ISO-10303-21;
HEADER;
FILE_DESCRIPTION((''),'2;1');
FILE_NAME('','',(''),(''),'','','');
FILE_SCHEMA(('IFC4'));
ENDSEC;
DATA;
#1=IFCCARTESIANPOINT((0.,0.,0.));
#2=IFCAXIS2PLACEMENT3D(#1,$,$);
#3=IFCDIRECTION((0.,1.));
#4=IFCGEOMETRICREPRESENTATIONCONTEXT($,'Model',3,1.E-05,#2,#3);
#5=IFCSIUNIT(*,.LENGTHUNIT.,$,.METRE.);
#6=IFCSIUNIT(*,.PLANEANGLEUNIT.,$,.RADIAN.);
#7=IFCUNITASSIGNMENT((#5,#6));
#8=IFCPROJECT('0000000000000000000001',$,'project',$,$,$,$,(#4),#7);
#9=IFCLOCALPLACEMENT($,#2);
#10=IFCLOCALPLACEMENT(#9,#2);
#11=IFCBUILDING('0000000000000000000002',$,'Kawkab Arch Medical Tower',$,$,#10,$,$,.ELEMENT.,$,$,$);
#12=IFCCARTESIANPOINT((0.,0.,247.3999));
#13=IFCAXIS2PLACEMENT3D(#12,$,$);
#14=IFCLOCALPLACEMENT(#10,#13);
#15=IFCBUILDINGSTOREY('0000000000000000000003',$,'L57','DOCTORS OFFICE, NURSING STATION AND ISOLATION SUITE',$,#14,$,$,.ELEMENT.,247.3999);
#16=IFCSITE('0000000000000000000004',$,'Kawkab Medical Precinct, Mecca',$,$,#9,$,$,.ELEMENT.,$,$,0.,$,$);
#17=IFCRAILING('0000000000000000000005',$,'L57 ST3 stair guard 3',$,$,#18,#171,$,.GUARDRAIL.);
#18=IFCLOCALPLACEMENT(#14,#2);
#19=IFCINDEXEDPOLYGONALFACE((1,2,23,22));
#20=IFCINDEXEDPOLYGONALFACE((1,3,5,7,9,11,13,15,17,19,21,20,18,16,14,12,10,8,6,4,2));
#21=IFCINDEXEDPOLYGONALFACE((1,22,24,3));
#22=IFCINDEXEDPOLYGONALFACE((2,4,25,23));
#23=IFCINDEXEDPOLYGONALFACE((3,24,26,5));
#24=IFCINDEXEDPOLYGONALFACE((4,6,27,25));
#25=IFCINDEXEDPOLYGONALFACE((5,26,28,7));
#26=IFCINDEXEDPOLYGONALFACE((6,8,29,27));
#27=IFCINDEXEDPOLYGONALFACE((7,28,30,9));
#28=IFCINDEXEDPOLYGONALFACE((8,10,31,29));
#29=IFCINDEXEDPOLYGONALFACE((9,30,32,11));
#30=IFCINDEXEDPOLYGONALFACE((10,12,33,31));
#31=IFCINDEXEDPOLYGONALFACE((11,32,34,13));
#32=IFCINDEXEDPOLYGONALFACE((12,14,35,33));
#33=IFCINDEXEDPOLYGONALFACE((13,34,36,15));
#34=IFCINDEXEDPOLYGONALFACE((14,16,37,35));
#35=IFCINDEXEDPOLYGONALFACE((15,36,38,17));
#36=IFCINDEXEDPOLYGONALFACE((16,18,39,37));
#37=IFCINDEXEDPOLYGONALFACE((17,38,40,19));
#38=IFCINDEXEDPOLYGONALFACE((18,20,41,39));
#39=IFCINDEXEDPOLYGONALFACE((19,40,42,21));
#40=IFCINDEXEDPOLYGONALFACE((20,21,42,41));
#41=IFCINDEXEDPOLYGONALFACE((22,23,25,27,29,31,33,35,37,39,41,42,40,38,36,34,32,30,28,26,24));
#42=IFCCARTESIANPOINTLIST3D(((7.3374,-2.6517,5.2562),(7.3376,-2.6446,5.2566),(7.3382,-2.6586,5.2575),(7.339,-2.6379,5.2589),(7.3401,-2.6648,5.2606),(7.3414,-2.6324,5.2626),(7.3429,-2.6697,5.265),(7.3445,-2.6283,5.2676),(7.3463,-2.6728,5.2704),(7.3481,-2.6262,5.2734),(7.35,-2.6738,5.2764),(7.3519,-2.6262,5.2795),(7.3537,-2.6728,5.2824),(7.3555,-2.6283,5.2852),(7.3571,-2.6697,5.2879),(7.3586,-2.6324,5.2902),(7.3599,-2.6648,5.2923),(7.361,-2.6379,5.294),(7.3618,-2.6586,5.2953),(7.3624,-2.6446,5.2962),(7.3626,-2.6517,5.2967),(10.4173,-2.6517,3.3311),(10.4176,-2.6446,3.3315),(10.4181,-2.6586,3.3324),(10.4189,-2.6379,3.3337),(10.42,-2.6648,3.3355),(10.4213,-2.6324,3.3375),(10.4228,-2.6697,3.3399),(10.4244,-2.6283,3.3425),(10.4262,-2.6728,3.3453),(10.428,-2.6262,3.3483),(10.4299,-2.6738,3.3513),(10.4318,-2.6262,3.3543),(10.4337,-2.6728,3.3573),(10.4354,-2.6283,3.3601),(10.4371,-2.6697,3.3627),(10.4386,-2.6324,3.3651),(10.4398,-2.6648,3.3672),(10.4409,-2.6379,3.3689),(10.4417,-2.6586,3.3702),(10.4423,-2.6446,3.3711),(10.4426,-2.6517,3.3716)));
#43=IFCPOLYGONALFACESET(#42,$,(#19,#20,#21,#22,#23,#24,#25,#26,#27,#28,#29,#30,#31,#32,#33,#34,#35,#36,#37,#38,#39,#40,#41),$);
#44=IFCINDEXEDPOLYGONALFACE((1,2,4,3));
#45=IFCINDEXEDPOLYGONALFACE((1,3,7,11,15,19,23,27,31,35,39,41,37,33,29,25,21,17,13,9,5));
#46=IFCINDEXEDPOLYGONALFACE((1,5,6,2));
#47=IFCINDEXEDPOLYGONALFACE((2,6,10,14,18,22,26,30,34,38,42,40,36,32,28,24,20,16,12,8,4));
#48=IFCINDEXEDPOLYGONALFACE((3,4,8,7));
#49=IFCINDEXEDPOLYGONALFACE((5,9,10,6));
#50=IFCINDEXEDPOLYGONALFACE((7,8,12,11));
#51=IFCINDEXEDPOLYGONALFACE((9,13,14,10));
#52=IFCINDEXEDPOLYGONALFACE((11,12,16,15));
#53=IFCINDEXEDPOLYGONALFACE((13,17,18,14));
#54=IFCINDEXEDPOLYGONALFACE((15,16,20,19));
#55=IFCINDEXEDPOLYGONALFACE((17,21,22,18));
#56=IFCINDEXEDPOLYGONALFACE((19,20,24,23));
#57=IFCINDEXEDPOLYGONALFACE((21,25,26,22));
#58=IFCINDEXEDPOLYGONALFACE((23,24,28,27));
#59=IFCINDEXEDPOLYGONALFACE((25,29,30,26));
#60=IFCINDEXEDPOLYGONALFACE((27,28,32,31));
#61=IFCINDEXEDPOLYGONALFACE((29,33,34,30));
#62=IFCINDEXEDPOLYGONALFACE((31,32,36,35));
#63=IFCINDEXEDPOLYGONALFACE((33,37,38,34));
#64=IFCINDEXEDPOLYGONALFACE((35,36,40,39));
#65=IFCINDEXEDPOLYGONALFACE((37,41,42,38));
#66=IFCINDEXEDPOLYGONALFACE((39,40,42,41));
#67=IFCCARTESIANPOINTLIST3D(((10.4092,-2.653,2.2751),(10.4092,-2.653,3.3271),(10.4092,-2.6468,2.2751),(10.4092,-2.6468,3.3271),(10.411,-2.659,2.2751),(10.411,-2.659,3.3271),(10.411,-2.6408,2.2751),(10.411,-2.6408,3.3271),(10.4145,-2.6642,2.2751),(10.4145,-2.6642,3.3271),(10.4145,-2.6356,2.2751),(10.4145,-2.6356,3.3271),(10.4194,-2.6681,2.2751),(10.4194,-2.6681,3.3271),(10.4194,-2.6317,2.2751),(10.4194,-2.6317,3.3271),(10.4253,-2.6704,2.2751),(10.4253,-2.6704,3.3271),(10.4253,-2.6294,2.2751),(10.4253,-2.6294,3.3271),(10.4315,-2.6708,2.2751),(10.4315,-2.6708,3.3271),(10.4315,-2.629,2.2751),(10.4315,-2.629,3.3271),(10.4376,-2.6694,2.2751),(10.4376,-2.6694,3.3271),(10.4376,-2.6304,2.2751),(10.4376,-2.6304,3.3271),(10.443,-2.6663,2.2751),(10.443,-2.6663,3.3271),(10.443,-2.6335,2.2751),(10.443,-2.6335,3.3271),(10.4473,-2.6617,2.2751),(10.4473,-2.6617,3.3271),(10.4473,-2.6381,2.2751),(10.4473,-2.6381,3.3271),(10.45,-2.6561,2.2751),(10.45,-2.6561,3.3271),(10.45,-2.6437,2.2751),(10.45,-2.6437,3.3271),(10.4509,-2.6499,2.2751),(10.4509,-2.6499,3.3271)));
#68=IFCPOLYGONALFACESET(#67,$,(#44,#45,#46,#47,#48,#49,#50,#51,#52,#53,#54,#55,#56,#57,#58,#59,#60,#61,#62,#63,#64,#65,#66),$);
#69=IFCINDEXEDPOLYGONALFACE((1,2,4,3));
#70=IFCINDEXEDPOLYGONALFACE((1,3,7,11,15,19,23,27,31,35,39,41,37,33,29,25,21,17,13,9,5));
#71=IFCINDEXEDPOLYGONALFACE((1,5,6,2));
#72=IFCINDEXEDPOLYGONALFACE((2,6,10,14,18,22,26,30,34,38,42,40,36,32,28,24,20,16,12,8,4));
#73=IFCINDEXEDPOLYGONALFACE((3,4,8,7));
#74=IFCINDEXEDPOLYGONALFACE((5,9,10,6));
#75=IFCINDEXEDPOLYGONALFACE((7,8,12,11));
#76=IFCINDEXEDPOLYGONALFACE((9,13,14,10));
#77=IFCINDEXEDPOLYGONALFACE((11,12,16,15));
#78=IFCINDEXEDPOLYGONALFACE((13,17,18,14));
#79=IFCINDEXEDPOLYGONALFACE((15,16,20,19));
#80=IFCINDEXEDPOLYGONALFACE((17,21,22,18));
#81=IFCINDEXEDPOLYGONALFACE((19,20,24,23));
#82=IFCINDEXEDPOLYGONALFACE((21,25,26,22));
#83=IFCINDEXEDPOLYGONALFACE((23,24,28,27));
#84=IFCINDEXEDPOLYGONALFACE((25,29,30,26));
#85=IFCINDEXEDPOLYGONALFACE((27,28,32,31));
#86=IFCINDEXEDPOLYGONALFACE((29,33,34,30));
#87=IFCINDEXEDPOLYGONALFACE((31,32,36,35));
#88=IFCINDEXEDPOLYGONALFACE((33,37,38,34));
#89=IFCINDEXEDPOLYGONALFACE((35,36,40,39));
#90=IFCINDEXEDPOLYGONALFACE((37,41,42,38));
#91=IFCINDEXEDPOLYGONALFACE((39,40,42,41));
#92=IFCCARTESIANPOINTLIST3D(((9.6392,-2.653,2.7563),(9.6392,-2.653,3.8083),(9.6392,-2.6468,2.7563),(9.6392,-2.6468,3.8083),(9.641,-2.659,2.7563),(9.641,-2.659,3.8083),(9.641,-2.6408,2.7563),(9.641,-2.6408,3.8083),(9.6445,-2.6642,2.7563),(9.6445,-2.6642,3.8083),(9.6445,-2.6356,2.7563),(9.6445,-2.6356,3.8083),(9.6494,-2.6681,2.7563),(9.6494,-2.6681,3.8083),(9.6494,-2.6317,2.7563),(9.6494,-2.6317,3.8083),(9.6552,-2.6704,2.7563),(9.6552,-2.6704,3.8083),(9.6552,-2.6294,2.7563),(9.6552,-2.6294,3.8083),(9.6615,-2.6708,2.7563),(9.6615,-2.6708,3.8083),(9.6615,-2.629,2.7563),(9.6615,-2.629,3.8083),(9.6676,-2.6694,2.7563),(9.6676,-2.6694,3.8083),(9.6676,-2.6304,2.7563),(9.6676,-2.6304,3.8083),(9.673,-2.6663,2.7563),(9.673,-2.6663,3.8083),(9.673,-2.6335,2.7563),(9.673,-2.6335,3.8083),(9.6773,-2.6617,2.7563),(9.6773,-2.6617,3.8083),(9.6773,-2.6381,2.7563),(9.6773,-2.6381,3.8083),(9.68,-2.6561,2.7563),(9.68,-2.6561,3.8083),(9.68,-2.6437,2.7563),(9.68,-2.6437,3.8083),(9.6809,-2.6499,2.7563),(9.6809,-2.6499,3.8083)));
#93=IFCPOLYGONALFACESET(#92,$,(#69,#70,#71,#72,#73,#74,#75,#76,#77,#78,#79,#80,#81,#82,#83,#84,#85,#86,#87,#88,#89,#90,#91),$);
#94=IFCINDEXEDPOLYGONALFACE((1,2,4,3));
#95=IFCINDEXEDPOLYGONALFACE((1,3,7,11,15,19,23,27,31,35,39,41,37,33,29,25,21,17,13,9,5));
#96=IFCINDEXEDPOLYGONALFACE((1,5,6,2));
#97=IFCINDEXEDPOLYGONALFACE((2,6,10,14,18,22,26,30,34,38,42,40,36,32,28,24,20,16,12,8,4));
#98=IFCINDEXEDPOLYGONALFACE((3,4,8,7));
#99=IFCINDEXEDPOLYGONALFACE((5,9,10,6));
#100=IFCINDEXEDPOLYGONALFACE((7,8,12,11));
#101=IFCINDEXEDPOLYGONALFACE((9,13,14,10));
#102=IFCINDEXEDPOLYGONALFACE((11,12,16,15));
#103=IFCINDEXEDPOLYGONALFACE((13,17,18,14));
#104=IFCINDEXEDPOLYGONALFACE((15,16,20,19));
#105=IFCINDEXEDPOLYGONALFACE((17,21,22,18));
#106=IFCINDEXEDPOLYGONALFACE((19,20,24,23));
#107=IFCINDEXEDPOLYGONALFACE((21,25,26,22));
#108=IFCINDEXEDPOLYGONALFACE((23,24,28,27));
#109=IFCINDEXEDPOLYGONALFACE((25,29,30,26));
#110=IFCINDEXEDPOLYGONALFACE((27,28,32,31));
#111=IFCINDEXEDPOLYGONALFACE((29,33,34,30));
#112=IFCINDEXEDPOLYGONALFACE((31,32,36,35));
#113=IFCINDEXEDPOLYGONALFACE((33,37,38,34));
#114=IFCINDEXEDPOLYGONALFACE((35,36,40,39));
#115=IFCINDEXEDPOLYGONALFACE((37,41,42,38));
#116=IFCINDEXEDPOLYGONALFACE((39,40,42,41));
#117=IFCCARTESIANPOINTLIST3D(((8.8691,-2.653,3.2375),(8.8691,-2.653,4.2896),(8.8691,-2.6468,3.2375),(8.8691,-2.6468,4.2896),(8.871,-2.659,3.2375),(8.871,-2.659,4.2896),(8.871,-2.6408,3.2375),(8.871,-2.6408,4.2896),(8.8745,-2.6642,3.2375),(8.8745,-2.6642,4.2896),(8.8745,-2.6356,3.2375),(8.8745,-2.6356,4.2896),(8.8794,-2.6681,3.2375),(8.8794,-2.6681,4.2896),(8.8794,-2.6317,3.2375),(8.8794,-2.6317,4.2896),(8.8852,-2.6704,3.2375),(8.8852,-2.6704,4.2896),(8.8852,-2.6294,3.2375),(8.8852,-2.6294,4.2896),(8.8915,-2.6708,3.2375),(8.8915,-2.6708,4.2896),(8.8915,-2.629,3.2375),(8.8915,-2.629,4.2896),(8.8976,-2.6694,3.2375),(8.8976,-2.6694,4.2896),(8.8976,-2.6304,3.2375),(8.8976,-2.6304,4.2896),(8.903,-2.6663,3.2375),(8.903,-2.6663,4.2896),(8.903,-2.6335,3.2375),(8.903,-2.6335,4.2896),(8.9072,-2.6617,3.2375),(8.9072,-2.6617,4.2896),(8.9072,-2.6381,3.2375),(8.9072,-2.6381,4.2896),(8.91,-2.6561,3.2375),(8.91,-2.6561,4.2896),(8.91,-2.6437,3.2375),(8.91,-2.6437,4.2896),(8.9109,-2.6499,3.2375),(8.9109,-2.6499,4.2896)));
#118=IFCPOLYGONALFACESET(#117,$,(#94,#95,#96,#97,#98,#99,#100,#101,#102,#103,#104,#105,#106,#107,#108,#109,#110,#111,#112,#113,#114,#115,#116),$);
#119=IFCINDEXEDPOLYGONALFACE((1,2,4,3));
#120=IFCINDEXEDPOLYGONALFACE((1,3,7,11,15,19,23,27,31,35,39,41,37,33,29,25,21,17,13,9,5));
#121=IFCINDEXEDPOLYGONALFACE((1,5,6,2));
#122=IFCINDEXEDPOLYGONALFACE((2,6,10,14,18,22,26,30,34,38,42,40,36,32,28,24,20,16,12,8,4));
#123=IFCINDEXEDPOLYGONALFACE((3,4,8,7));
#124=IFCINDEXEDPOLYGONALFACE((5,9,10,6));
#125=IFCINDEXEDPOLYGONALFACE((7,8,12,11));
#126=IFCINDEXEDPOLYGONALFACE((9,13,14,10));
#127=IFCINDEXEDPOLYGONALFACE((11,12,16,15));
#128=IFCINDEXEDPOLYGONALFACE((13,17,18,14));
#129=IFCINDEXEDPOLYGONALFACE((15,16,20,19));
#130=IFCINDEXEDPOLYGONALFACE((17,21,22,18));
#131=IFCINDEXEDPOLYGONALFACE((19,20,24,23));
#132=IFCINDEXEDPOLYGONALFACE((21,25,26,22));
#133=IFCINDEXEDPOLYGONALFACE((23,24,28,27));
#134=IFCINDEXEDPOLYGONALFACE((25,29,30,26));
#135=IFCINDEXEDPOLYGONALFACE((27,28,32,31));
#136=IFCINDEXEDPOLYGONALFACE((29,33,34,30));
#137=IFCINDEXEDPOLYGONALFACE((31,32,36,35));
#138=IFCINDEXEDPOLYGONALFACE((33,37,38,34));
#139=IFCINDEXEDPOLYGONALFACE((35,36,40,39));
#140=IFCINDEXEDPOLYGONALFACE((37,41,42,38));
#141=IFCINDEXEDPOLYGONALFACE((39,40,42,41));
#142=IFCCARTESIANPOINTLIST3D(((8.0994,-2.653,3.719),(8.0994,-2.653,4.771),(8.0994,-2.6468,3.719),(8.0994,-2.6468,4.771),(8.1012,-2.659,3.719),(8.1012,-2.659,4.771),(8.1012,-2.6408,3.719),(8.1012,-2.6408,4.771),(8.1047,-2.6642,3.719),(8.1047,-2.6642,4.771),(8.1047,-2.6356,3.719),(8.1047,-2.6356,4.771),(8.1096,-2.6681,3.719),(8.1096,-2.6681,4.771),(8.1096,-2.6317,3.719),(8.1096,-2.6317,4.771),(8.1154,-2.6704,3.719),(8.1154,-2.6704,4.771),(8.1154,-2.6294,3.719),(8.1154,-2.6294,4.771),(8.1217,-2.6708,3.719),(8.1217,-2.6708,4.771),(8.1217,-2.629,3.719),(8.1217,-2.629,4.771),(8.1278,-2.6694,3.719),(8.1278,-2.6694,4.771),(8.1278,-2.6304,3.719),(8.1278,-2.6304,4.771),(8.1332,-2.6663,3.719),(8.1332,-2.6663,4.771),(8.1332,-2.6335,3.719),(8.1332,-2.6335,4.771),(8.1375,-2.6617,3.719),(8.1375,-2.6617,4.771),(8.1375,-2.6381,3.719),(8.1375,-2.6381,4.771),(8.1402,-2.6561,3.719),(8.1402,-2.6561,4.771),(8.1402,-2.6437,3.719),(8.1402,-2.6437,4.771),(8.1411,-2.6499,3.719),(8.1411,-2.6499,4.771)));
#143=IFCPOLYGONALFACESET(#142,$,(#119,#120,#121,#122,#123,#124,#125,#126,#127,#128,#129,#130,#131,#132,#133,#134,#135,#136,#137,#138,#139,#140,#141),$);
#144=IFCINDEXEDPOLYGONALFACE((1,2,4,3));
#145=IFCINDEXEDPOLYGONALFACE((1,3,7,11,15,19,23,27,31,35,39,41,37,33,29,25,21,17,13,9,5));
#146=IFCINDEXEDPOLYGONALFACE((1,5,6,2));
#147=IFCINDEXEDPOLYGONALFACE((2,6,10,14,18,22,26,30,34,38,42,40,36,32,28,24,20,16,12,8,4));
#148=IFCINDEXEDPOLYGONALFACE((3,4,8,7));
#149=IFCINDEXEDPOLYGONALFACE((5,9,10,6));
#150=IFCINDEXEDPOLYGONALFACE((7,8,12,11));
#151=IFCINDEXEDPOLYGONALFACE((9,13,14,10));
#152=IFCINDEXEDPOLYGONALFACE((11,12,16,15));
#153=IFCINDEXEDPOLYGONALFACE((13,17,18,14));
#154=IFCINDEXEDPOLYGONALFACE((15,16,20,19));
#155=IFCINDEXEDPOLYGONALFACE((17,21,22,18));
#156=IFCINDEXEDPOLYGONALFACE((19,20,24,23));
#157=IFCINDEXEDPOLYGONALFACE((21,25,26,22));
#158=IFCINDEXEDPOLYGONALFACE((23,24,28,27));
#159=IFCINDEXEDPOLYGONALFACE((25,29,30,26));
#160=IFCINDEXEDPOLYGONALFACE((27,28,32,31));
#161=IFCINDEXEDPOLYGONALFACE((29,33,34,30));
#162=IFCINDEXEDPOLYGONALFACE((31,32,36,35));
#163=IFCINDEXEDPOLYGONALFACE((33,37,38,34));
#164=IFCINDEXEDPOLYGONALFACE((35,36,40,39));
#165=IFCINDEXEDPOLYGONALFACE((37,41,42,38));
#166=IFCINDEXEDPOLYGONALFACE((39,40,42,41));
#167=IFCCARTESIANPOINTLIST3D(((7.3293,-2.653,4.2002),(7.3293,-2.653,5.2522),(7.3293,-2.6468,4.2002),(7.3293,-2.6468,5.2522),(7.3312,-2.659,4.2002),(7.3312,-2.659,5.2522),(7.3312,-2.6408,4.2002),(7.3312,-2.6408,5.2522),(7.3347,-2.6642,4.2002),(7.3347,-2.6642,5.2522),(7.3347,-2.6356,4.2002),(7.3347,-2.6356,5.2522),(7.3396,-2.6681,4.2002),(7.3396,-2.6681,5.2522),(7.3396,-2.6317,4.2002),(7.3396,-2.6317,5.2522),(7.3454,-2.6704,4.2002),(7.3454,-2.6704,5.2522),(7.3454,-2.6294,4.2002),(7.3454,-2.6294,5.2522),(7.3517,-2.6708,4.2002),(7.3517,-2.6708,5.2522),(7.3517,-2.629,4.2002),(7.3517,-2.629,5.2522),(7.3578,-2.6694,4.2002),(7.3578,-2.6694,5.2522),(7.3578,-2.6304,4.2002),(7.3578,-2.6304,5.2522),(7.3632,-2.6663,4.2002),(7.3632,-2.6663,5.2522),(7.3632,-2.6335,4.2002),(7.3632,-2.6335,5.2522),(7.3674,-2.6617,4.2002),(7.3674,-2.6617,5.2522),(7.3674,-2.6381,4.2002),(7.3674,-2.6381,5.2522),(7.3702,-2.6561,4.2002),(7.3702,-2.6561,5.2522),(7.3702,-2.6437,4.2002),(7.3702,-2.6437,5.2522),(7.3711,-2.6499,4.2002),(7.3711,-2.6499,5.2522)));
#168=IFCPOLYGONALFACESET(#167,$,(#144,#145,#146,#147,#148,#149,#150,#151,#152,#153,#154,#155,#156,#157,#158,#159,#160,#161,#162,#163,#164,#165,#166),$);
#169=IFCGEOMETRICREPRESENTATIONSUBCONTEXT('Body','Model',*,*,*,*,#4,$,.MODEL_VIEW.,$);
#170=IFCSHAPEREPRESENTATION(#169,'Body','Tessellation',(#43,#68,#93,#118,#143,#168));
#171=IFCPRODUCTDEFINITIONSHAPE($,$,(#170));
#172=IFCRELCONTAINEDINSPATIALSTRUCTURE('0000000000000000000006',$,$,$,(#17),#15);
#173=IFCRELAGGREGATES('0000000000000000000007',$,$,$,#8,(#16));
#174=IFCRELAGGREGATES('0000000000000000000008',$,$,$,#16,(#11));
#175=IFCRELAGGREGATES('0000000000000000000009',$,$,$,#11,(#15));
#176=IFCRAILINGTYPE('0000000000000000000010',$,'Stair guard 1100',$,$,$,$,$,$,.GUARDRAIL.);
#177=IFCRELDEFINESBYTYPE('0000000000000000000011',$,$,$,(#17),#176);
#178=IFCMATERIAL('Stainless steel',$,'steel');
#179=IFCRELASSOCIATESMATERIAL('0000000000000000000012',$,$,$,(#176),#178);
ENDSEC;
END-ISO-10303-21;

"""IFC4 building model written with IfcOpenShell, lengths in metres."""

from ifc_helpers import new_model, si_unit, direction, frame, origin, origin_2d, place, context, subcontext, project, spatial, circle, extrude, material, type_object, element, save


model = new_model("IFC4")

# Units and contexts
model_context = context("Model", 3, precision=1e-05, world=origin(), true_north=direction((0.0, 1.0)))
body_context = subcontext(model_context, "Body", "Model", "MODEL_VIEW")
ifc_project = project(units=[si_unit("LENGTHUNIT", "METRE"), si_unit("PLANEANGLEUNIT", "RADIAN")], contexts=[model_context])

# Site, building, storey
site_placement = place(None, origin())
site = spatial("IfcSite", under=ifc_project, at=site_placement, Name="Kawkab Medical Precinct, Mecca", CompositionType="ELEMENT", RefElevation=0.0)
building_placement = place(site_placement, origin())
building = spatial("IfcBuilding", under=site, at=building_placement, Name="Kawkab Arch Medical Tower", CompositionType="ELEMENT")
storey_placement = place(building_placement, frame((0.0, 0.0, 247.3999)))
storey = spatial("IfcBuildingStorey", under=building, at=storey_placement, Name="L57", Description="DOCTORS OFFICE, NURSING STATION AND ISOLATION SUITE", CompositionType="ELEMENT", Elevation=247.3999)

# Railing
ifc_material_1 = material(Name="Stainless steel", Category="steel")
railing_type_1 = type_object("IfcRailingType", Name="Stair guard 1100", PredefinedType="GUARDRAIL", material=ifc_material_1)
railing_1_placement = place(storey_placement, frame((10.4299, -2.6499, 2.2751)))
element("IfcRailing", 1, at=railing_1_placement, inside=storey, type_object=railing_type_1, Name="L57 ST3 stair guard 3", PredefinedType="GUARDRAIL", context=body_context, shape_type="SweptSolid", body=[
    extrude(circle(Radius=0.0239, at=origin_2d()), frame((0.0, 0.0, 1.0762), z_axis=(-0.847979, 0.0, 0.530029), x_axis=(0.0, -1.0, 0.0)), (0.0, 0.0, 1.0), 3.6321),
    extrude(circle(Radius=0.021, at=origin_2d()), origin(), (0.0, 0.0, 1.0), 1.052),
    extrude(circle(Radius=0.021, at=origin_2d()), frame((-0.77, 0.0, 0.4812)), (0.0, 0.0, 1.0), 1.052),
    extrude(circle(Radius=0.021, at=origin_2d()), frame((-1.54, 0.0, 0.9624)), (0.0, 0.0, 1.0), 1.052),
    extrude(circle(Radius=0.021, at=origin_2d()), frame((-2.3098, 0.0, 1.4438)), (0.0, 0.0, 1.0), 1.052),
    extrude(circle(Radius=0.021, at=origin_2d()), frame((-3.0798, 0.0, 1.925)), (0.0, 0.0, 1.0), 1.052),
])

save(model, "model.ifc")
